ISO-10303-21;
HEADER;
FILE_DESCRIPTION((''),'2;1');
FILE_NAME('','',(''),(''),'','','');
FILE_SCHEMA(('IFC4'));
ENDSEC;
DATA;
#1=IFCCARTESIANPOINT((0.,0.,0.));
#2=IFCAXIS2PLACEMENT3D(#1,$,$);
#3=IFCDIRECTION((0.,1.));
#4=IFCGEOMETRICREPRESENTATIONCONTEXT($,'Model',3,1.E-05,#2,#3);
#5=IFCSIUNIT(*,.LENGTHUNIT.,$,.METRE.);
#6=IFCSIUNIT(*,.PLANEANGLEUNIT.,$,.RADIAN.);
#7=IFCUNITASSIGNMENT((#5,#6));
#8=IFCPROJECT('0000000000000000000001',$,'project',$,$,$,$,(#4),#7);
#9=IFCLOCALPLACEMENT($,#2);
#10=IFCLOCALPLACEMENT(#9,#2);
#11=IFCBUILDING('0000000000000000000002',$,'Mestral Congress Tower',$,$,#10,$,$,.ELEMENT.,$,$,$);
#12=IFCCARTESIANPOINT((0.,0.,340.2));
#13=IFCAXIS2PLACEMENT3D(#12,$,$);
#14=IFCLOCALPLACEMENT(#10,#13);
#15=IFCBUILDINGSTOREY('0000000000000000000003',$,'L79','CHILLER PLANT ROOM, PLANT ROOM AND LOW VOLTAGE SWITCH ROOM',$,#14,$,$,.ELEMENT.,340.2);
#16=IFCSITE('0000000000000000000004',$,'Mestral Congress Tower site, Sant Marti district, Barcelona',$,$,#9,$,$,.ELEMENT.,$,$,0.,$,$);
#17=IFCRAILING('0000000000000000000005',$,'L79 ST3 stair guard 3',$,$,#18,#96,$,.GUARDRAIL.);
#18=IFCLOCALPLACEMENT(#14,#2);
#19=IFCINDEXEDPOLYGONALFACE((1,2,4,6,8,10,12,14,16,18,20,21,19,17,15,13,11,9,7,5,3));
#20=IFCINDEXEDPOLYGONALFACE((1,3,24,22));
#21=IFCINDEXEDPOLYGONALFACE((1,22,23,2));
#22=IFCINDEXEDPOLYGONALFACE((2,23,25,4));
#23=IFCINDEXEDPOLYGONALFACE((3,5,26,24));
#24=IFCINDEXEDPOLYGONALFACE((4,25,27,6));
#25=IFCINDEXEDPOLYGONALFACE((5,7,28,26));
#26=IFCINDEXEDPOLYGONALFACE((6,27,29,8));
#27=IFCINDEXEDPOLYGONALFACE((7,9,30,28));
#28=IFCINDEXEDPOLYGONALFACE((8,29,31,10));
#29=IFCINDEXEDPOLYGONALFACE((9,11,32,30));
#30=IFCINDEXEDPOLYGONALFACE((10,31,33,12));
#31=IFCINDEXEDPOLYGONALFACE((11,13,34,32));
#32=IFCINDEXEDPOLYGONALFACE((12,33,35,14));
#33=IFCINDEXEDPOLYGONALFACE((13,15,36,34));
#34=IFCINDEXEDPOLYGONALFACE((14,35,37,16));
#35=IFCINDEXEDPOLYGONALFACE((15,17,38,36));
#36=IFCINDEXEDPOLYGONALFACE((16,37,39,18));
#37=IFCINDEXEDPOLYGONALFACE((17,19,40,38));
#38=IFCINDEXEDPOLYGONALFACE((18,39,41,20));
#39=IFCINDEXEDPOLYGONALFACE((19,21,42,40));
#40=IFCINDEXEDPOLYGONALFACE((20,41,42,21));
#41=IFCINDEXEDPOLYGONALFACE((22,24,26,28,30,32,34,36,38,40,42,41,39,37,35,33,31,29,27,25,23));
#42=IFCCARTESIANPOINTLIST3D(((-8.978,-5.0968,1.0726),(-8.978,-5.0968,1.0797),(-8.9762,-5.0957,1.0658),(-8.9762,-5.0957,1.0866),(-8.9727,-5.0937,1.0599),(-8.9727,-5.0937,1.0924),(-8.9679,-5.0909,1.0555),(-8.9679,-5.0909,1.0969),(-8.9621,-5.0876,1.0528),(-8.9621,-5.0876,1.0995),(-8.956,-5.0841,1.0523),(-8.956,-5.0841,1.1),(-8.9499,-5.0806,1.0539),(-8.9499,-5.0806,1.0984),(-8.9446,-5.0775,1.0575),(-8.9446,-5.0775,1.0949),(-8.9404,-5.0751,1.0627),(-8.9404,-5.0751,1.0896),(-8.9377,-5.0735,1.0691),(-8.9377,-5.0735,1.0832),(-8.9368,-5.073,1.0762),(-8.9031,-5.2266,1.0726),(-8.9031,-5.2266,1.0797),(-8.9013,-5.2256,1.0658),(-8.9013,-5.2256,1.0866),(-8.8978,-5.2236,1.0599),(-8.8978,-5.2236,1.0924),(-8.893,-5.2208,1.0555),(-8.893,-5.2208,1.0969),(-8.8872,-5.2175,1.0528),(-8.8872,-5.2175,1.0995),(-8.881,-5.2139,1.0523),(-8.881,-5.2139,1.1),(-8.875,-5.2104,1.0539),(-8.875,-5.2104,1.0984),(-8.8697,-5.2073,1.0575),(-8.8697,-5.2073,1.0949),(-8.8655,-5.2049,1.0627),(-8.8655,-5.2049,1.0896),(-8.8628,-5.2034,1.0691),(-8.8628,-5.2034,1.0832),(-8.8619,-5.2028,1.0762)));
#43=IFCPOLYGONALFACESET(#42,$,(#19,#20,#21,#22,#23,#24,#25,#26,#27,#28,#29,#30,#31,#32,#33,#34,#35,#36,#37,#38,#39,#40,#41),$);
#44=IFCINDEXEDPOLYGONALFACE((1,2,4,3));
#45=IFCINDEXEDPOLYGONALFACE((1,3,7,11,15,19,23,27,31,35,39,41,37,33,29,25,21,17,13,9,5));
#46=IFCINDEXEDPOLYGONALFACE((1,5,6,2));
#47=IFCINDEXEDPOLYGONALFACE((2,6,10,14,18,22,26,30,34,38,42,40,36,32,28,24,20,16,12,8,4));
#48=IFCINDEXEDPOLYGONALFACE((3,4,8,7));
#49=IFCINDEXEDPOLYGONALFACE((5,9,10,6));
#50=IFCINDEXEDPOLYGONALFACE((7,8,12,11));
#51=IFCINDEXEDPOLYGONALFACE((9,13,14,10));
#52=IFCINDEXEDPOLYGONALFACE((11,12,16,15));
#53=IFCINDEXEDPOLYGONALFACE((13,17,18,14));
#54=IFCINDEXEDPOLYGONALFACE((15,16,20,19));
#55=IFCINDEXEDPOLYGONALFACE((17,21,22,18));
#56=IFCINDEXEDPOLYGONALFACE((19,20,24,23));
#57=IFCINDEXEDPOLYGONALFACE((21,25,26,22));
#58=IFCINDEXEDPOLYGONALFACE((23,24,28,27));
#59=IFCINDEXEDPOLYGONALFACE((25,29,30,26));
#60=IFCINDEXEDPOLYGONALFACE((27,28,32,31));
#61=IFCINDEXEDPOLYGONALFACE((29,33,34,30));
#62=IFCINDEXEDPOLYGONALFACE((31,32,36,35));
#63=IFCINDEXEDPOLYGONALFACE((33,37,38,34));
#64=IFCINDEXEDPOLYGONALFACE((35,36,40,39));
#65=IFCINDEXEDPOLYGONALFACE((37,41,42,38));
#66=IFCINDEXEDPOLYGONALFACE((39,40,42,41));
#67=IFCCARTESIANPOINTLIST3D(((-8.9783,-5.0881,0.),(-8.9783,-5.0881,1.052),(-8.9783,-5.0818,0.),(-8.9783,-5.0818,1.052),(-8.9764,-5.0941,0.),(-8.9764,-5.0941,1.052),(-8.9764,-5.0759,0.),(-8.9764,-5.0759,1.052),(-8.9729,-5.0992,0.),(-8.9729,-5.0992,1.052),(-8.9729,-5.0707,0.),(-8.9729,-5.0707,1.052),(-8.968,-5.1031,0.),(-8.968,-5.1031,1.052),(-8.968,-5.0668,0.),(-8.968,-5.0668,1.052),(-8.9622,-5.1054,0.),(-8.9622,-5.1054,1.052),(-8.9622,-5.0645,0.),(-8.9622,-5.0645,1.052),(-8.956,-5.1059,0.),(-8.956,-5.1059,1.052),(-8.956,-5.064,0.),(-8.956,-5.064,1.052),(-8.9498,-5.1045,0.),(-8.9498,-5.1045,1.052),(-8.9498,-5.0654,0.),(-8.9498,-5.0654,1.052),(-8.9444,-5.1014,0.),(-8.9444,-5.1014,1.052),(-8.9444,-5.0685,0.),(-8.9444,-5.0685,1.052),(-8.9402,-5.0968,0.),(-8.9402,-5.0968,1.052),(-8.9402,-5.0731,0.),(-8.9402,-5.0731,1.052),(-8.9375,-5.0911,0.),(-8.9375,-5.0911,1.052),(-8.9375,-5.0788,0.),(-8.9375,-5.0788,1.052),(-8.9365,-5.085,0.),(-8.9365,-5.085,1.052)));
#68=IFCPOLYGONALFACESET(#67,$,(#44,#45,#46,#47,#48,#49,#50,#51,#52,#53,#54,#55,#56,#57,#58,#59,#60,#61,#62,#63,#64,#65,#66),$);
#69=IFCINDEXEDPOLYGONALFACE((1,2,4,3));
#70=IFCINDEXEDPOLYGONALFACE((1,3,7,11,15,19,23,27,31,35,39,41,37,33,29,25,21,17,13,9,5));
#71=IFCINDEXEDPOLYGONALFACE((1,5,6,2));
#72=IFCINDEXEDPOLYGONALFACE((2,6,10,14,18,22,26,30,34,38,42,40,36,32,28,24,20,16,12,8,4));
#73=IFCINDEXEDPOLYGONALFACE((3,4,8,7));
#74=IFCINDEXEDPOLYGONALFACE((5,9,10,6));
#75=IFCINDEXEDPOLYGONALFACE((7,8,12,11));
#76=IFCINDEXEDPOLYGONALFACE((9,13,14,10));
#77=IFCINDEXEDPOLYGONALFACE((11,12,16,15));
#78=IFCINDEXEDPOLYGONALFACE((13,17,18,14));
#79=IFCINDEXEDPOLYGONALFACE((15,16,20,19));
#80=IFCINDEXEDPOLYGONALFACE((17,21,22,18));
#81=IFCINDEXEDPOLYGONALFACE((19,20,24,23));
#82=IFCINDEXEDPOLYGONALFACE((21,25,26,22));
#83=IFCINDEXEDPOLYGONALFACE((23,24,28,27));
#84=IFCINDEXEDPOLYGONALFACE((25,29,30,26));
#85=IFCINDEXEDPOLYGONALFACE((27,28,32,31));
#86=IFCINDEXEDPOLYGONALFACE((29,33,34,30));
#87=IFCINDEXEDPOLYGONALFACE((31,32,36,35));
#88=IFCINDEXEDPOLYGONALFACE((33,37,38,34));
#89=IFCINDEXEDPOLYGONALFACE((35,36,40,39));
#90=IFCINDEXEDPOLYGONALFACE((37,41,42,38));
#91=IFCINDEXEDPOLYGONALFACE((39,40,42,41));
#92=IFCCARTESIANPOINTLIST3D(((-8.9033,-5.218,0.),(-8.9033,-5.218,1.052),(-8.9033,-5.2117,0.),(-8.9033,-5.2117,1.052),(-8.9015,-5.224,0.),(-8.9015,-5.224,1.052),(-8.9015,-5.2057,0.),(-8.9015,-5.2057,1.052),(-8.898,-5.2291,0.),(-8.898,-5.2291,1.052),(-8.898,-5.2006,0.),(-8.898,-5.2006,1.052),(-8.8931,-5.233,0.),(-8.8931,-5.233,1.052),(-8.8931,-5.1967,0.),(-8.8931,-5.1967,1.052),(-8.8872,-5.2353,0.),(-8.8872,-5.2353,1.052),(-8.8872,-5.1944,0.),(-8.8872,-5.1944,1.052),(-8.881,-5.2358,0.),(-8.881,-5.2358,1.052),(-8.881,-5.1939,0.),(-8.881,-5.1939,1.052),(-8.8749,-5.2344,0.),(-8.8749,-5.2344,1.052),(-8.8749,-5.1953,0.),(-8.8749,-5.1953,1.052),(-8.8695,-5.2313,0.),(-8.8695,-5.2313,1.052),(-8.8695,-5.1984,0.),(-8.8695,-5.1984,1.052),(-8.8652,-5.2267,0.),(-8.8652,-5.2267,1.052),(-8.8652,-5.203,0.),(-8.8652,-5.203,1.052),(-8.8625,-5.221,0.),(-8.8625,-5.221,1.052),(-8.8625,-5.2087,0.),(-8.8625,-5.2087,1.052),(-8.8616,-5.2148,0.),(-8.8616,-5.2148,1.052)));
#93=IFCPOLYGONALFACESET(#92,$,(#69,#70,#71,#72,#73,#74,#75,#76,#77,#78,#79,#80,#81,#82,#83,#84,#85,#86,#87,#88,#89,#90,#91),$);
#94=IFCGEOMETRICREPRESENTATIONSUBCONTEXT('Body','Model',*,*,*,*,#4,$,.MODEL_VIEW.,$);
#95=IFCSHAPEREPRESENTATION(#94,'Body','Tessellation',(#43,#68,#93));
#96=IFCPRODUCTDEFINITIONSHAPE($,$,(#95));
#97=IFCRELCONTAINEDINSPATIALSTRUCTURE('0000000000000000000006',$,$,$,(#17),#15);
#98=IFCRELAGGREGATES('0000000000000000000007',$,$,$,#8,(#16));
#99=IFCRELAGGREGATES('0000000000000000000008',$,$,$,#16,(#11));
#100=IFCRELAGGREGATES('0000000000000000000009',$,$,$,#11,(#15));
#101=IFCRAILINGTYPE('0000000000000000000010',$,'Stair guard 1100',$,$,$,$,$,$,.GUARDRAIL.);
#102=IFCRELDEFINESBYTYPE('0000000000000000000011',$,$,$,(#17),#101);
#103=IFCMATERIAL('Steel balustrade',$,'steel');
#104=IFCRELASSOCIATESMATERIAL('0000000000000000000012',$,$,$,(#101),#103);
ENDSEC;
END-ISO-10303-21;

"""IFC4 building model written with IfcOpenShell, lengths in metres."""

from ifc_helpers import new_model, si_unit, direction, frame, origin, origin_2d, place, context, subcontext, project, spatial, circle, extrude, material, type_object, element, save


model = new_model("IFC4")

# Units and contexts
model_context = context("Model", 3, precision=1e-05, world=origin(), true_north=direction((0.0, 1.0)))
body_context = subcontext(model_context, "Body", "Model", "MODEL_VIEW")
ifc_project = project(units=[si_unit("LENGTHUNIT", "METRE"), si_unit("PLANEANGLEUNIT", "RADIAN")], contexts=[model_context])

# Site, building, storey
site_placement = place(None, origin())
site = spatial("IfcSite", under=ifc_project, at=site_placement, Name="Mestral Congress Tower site, Sant Marti district, Barcelona", CompositionType="ELEMENT", RefElevation=0.0)
building_placement = place(site_placement, origin())
building = spatial("IfcBuilding", under=site, at=building_placement, Name="Mestral Congress Tower", CompositionType="ELEMENT")
storey_placement = place(building_placement, frame((0.0, 0.0, 340.2)))
storey = spatial("IfcBuildingStorey", under=building, at=storey_placement, Name="L79", Description="CHILLER PLANT ROOM, PLANT ROOM AND LOW VOLTAGE SWITCH ROOM", CompositionType="ELEMENT", Elevation=340.2)

# Railing
ifc_material_1 = material(Name="Steel balustrade", Category="steel")
railing_type_1 = type_object("IfcRailingType", Name="Stair guard 1100", PredefinedType="GUARDRAIL", material=ifc_material_1)
railing_1_placement = place(storey_placement, frame((-8.9575, -5.085, 0.0)))
element("IfcRailing", 1, at=railing_1_placement, inside=storey, type_object=railing_type_1, Name="L79 ST3 stair guard 3", PredefinedType="GUARDRAIL", context=body_context, shape_type="SweptSolid", body=[
    extrude(circle(Radius=0.0239, at=origin_2d()), frame((0.0, 0.0, 1.0762), z_axis=(0.499816, -0.866131, 0.0), x_axis=(0.866131, 0.499816, 0.0)), (0.0, 0.0, 1.0), 0.1499),
    extrude(circle(Radius=0.021, at=origin_2d()), origin(), (0.0, 0.0, 1.0), 1.052),
    extrude(circle(Radius=0.021, at=origin_2d()), frame((0.075, -0.1299, 0.0)), (0.0, 0.0, 1.0), 1.052),
])

save(model, "model.ifc")
